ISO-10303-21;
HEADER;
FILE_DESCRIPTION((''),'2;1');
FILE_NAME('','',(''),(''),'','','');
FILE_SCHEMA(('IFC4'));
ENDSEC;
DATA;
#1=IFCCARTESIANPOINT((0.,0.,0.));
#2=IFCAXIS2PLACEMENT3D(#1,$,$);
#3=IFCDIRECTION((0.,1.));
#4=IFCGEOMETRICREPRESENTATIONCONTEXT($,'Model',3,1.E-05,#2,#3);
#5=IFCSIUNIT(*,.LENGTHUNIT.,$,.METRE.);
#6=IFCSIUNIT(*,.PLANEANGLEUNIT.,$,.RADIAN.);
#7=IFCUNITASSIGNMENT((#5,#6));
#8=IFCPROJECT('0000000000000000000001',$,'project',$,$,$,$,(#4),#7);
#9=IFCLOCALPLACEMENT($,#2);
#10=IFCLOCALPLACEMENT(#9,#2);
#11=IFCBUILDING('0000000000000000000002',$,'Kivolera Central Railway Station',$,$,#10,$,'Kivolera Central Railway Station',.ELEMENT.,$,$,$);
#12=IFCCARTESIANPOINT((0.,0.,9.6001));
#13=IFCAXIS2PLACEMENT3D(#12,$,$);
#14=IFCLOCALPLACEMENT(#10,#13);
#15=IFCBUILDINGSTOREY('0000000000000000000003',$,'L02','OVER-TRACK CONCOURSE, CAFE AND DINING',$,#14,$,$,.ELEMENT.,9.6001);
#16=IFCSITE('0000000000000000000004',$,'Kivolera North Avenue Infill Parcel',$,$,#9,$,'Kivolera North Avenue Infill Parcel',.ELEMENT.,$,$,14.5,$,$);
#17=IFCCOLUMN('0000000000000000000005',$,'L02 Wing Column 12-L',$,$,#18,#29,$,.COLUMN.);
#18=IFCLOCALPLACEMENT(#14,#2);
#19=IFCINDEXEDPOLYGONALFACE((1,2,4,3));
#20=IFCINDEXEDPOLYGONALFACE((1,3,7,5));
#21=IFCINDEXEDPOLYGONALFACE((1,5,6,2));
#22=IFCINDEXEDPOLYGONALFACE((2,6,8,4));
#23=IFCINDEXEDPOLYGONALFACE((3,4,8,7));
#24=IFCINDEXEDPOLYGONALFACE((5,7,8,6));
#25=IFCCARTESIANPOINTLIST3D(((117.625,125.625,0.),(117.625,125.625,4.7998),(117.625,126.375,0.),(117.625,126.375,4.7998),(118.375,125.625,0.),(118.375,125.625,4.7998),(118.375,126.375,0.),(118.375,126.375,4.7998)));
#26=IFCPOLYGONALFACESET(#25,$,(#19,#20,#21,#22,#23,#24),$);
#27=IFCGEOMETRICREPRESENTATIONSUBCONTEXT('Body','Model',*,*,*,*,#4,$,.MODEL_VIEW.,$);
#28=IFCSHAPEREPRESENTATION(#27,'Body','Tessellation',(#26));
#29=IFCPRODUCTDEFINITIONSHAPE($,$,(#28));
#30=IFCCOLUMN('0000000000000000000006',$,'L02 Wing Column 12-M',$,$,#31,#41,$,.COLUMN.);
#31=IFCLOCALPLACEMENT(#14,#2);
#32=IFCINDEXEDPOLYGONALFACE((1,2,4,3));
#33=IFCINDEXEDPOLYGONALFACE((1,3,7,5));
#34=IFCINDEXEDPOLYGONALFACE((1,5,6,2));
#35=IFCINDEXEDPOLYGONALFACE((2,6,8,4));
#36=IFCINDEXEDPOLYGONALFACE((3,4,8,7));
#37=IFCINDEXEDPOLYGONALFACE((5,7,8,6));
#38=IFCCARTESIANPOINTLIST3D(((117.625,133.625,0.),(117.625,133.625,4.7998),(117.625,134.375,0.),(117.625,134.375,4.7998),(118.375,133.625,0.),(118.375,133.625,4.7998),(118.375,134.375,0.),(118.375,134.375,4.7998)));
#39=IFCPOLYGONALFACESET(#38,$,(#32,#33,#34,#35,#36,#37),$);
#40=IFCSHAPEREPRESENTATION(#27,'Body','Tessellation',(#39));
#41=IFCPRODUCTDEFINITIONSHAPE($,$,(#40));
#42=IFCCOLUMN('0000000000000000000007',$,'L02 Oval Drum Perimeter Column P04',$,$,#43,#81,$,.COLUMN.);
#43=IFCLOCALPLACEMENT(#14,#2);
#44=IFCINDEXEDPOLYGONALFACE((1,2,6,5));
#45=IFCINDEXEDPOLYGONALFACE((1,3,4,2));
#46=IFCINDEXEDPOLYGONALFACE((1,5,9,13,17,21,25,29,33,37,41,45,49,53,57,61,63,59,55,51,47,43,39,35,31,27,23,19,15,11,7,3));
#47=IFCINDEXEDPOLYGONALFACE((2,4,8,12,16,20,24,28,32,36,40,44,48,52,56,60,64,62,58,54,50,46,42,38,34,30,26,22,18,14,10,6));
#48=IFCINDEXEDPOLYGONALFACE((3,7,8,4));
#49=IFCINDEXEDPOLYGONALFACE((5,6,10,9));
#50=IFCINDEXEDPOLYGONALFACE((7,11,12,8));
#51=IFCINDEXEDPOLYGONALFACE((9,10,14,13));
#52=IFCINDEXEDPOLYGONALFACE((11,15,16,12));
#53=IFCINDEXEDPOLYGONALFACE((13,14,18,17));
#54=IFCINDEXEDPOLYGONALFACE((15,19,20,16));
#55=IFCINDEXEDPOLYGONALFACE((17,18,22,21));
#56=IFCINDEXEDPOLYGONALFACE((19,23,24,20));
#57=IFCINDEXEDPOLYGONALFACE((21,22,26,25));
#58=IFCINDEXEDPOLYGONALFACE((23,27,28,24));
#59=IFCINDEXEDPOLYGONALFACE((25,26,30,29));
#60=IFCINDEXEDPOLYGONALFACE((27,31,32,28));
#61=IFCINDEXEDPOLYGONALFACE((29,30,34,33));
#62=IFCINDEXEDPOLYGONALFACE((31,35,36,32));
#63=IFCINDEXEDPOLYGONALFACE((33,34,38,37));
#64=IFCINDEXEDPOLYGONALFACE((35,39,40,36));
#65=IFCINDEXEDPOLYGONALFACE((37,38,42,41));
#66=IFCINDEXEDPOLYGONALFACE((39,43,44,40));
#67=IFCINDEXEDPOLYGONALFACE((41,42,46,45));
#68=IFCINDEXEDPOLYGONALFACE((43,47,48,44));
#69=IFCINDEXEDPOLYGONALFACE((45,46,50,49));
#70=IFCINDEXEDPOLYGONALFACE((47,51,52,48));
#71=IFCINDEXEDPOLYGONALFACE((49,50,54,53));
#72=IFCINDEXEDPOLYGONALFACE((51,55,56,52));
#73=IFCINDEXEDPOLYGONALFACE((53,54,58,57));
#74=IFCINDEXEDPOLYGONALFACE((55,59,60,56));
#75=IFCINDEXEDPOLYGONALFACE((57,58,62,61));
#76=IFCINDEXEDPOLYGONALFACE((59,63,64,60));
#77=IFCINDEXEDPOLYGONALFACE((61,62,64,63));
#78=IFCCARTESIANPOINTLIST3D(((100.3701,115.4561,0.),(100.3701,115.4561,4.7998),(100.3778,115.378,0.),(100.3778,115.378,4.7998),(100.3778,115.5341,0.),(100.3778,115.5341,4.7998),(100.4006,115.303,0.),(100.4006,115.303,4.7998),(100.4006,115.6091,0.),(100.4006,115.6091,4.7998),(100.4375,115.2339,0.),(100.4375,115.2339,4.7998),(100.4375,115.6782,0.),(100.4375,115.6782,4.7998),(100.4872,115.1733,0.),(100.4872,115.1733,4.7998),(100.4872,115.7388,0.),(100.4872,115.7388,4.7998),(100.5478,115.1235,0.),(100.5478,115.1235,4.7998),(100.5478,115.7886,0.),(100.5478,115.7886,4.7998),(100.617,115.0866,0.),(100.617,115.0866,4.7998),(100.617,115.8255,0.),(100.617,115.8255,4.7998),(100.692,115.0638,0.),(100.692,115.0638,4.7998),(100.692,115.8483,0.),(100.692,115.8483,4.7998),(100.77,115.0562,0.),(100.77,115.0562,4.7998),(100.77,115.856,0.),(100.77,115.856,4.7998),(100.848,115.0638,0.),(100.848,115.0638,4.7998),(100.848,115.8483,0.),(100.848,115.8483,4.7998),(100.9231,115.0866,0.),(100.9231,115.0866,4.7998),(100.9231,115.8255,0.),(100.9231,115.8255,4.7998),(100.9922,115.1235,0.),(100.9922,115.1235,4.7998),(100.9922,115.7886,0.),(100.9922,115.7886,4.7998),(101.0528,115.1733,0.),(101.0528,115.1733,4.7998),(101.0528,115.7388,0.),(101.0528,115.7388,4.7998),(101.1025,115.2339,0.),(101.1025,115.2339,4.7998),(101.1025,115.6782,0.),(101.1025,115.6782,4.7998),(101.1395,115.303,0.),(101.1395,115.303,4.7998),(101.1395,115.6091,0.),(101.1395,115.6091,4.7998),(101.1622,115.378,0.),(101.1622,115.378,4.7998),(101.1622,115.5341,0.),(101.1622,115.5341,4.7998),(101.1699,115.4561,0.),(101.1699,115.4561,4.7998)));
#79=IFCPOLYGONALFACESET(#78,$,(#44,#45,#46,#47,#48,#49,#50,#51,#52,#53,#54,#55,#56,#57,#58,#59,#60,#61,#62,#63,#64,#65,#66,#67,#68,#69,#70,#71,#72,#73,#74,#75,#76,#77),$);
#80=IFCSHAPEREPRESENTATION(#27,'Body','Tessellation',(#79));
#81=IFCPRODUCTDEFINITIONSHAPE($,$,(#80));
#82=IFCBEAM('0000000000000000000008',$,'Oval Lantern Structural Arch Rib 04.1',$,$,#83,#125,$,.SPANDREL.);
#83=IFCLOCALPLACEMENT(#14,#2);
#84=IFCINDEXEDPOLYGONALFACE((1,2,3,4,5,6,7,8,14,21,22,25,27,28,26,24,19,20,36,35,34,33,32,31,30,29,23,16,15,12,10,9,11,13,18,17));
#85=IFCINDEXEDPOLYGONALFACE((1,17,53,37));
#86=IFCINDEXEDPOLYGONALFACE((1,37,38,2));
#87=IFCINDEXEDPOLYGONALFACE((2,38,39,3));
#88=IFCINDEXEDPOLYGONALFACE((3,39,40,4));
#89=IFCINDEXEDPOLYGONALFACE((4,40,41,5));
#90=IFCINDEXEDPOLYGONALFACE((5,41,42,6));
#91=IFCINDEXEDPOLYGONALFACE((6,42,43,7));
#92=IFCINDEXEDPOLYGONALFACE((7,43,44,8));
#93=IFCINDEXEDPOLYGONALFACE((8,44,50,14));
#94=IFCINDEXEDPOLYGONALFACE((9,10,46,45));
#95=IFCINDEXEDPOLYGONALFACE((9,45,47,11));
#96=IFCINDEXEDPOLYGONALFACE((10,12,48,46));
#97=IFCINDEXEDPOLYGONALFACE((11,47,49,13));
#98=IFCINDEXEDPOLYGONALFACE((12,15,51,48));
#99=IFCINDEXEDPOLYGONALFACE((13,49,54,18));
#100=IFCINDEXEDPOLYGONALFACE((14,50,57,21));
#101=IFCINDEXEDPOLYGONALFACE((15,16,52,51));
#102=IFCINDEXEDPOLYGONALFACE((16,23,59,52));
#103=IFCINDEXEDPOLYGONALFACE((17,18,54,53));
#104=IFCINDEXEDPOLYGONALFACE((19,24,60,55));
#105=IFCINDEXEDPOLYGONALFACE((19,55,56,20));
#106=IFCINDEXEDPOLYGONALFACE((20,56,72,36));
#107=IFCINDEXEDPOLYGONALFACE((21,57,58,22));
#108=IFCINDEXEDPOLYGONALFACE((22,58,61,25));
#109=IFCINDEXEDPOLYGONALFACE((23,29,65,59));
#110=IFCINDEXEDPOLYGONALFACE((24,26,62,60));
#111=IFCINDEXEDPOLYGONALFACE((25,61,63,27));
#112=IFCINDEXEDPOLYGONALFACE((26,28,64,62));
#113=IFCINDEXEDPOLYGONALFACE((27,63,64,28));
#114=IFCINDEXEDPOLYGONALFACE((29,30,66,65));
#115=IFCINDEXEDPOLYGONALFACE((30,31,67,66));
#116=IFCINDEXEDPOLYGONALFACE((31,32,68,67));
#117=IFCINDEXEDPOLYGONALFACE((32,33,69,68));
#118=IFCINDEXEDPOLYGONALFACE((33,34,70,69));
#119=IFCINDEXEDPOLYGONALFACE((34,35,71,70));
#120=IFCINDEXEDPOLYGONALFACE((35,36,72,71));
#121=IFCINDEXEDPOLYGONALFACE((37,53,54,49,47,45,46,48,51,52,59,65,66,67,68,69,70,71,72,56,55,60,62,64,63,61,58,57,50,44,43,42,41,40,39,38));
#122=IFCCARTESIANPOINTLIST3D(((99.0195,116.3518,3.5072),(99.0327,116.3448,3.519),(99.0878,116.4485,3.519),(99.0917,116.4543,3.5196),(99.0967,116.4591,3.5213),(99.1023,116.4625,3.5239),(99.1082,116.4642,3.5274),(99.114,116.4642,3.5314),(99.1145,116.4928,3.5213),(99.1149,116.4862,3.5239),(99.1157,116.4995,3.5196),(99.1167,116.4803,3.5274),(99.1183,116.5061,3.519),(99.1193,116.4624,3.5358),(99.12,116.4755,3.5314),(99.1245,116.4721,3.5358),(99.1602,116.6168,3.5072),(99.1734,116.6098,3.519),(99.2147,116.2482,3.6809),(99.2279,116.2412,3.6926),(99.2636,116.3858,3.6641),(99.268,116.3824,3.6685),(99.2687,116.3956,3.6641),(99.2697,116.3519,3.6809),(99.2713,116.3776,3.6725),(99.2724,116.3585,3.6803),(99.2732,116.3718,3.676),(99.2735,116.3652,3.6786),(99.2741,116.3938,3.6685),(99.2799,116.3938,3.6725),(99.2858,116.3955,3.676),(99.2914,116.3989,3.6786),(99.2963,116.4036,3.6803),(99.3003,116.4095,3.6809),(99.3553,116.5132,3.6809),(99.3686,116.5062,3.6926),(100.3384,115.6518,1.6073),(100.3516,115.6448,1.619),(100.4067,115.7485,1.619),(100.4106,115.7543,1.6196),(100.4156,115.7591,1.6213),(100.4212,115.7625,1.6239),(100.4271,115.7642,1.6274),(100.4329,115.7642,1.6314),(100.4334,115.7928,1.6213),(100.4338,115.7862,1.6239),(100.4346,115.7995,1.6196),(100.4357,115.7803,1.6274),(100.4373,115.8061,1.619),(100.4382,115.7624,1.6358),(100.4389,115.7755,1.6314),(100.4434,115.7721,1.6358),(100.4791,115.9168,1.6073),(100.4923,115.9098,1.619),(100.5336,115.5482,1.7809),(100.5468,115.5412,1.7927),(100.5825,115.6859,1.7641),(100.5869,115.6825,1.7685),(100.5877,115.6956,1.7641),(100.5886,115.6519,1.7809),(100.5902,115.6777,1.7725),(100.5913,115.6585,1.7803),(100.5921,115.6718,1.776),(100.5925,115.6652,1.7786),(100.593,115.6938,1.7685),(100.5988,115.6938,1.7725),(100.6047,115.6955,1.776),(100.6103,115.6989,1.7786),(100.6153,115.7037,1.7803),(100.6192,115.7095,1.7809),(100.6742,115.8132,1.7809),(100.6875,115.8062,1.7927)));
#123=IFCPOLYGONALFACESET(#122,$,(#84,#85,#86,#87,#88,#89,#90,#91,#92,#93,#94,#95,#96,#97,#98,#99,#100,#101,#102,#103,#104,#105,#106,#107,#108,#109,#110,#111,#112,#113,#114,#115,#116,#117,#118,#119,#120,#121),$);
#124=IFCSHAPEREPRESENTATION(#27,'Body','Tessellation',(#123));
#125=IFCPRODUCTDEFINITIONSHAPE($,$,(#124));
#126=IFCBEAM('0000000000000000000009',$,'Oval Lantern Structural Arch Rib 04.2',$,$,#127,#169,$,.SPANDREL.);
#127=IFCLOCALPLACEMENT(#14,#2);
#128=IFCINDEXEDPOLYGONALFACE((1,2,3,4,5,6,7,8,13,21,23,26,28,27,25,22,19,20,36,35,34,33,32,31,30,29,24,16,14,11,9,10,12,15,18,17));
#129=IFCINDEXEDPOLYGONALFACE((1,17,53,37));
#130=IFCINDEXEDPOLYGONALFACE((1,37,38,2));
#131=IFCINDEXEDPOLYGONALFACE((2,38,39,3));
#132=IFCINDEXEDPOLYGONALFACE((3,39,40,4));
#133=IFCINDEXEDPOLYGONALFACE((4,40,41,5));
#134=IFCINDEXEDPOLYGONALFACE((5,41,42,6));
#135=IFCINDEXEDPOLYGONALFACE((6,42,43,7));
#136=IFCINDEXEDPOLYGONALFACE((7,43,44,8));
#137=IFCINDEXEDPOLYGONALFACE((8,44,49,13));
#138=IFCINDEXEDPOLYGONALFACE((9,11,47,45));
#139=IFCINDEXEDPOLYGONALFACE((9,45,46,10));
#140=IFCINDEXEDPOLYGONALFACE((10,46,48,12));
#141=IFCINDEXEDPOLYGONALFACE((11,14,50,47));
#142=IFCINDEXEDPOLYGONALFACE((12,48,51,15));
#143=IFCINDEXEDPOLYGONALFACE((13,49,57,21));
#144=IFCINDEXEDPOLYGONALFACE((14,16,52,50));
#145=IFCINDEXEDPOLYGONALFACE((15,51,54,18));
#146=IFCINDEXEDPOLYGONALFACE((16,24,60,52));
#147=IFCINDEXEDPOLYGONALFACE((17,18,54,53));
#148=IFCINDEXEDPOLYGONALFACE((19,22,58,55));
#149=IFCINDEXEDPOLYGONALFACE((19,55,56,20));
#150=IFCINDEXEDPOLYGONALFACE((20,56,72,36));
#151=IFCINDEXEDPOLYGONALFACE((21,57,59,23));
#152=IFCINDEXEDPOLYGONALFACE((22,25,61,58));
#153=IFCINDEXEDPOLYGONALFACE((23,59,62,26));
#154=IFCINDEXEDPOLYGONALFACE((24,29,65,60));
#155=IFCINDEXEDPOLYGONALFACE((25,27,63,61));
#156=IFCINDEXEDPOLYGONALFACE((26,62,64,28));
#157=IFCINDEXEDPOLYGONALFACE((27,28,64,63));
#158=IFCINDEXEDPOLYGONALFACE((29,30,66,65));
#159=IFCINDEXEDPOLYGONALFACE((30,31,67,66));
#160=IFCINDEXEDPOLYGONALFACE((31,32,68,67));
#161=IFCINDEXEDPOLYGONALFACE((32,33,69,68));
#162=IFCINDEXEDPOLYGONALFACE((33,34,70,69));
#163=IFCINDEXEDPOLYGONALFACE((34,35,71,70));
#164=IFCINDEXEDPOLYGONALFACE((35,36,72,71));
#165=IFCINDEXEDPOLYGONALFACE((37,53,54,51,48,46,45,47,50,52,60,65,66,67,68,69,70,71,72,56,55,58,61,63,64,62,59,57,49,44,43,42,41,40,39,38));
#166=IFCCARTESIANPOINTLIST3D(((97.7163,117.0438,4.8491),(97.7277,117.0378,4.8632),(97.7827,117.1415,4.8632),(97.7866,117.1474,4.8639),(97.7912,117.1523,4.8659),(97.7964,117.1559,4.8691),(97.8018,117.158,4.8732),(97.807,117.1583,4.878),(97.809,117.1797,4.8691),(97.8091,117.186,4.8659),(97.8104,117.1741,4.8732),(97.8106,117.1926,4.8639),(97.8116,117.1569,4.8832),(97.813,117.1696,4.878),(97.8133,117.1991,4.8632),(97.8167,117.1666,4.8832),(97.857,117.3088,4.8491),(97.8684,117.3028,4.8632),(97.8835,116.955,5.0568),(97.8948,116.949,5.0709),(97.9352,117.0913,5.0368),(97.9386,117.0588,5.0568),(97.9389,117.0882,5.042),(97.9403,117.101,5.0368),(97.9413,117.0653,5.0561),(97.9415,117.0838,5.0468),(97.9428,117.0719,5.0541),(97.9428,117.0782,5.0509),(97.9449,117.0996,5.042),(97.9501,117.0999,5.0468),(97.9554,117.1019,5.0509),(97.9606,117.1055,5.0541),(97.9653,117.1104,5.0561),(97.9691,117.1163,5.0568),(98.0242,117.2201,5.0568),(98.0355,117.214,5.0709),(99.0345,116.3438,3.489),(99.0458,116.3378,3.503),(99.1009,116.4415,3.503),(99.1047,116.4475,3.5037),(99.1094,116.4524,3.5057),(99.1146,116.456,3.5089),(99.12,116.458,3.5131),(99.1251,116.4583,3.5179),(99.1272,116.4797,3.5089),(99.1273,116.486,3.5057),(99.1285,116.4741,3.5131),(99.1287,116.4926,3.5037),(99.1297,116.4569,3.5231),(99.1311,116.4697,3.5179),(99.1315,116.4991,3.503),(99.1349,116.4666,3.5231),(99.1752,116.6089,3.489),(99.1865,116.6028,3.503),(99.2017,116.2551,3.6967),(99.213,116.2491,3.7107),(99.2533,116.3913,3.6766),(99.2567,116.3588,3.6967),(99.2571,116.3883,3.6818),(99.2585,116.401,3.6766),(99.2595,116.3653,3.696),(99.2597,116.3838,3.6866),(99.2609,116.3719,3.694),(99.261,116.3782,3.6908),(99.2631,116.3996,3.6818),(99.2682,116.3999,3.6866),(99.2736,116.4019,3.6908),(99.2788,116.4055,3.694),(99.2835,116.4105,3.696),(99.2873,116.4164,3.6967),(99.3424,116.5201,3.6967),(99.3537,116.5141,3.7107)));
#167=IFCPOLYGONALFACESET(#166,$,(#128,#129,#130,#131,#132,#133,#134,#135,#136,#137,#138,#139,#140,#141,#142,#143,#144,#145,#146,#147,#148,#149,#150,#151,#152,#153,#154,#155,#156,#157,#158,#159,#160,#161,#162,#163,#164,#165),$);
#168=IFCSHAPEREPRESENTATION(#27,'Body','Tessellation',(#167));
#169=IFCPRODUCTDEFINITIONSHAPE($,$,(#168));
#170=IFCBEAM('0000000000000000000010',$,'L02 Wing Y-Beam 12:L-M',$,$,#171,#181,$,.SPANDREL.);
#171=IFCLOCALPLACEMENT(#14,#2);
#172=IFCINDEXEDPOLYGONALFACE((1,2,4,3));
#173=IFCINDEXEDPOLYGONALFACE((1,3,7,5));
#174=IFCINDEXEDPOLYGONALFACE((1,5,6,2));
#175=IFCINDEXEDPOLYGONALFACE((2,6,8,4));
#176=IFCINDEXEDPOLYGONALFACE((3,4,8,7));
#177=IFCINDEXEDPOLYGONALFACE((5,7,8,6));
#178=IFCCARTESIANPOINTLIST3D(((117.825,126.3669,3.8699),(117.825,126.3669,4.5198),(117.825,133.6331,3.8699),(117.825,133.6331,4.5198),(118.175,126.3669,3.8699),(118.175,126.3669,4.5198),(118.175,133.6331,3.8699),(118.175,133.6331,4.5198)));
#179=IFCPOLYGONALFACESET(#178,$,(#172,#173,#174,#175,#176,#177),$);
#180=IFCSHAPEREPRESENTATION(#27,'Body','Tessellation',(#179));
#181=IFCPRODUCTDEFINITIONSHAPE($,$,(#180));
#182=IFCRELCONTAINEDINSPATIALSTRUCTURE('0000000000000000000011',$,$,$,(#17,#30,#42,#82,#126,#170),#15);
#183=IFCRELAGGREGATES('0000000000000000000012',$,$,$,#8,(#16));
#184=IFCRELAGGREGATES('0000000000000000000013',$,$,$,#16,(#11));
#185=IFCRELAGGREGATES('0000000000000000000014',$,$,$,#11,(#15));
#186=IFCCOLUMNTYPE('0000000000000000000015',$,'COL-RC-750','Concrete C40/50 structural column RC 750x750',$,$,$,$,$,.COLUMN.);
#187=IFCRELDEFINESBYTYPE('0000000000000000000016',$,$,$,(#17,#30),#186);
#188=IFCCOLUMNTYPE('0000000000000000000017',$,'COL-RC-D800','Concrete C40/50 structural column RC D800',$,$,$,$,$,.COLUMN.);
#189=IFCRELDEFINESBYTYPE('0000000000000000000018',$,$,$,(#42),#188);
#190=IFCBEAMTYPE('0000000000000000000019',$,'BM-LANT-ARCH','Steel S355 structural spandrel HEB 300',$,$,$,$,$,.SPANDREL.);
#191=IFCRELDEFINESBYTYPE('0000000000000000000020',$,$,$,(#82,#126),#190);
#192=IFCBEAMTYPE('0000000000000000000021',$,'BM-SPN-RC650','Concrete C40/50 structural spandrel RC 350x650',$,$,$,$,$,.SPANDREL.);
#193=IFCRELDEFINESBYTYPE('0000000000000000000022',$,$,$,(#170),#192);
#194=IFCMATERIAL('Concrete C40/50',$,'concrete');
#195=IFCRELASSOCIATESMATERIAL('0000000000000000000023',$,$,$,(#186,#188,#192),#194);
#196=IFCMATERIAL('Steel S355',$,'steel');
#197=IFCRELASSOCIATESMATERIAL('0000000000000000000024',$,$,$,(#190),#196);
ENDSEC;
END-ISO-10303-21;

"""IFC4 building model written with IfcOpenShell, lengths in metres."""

from ifc_helpers import new_model, si_unit, direction, frame, origin, origin_2d, place, context, subcontext, project, spatial, rectangle, circle, i_section, extrude, material, material_profile, profile_set, type_object, element, save


model = new_model("IFC4")

# Units and contexts
model_context = context("Model", 3, precision=1e-05, world=origin(), true_north=direction((0.0, 1.0)))
body_context = subcontext(model_context, "Body", "Model", "MODEL_VIEW")
ifc_project = project(units=[si_unit("LENGTHUNIT", "METRE"), si_unit("PLANEANGLEUNIT", "RADIAN")], contexts=[model_context])

# Site, building, storey
site_placement = place(None, origin())
site = spatial("IfcSite", under=ifc_project, at=site_placement, Name="Kivolera North Avenue Infill Parcel", LongName="Kivolera North Avenue Infill Parcel", CompositionType="ELEMENT", RefElevation=14.5)
building_placement = place(site_placement, origin())
building = spatial("IfcBuilding", under=site, at=building_placement, Name="Kivolera Central Railway Station", LongName="Kivolera Central Railway Station", CompositionType="ELEMENT")
storey_placement = place(building_placement, frame((0.0, 0.0, 9.6001)))
storey = spatial("IfcBuildingStorey", under=building, at=storey_placement, Name="L02", Description="OVER-TRACK CONCOURSE, CAFE AND DINING", CompositionType="ELEMENT", Elevation=9.6001)

# Columns
ifc_material_1 = material(Name="Concrete C40/50", Category="concrete")
ifc_material_profile_1 = material_profile(ifc_material_1, rectangle(XDim=0.75, YDim=0.75, at=origin_2d()), Name="RC 750x750")
ifc_profile_set_1 = profile_set([ifc_material_profile_1], Name="Concrete C40/50")
column_type_1 = type_object("IfcColumnType", Name="COL-RC-750", Description="Concrete C40/50 structural column RC 750x750", PredefinedType="COLUMN", material=ifc_profile_set_1)
for number, where, z_axis, x_axis, name in (
    (1, (118.0, 126.0, 0.0), (0.0, 0.0, 1.0), (1.0, 0.0, 0.0), "L02 Wing Column 12-L"),
    (2, (118.0, 134.0, 0.0), (0.0, 0.0, 1.0), (1.0, 0.0, 0.0), "L02 Wing Column 12-M"),
):
    element("IfcColumn", number, at=place(storey_placement, frame(where, z_axis=z_axis, x_axis=x_axis)), inside=storey, type_object=column_type_1, Name=name, PredefinedType="COLUMN", context=body_context, shape_type="SweptSolid", body=[
        extrude(rectangle(XDim=0.75, YDim=0.75, at=origin_2d()), origin(), (0.0, 0.0, 1.0), 4.7998),
    ])
ifc_material_profile_2 = material_profile(ifc_material_1, circle(Radius=0.3999, at=origin_2d()), Name="RC D800")
ifc_profile_set_2 = profile_set([ifc_material_profile_2], Name="Concrete C40/50")
column_type_2 = type_object("IfcColumnType", Name="COL-RC-D800", Description="Concrete C40/50 structural column RC D800", PredefinedType="COLUMN", material=ifc_profile_set_2)
column_placement = place(storey_placement, frame((100.77, 115.4561, 0.0), z_axis=(0.0, 0.0, 1.0), x_axis=(1.0, 0.0, 0.0)))
element("IfcColumn", 3, at=column_placement, inside=storey, type_object=column_type_2, Name="L02 Oval Drum Perimeter Column P04", PredefinedType="COLUMN", context=body_context, shape_type="SweptSolid", body=[
    extrude(circle(Radius=0.3999, at=origin_2d()), origin(), (0.0, 0.0, 1.0), 4.7998),
])

# Beams
ifc_material_2 = material(Name="Steel S355", Category="steel")
ifc_material_profile_3 = material_profile(ifc_material_2, i_section(OverallWidth=0.3, OverallDepth=0.3, WebThickness=0.011, FlangeThickness=0.019, FilletRadius=0.0271, at=origin_2d()), Name="HEB 300")
ifc_profile_set_3 = profile_set([ifc_material_profile_3], Name="Steel S355")
beam_type_1 = type_object("IfcBeamType", Name="BM-LANT-ARCH", Description="Steel S355 structural spandrel HEB 300", PredefinedType="SPANDREL", material=ifc_profile_set_3)
beam_1_placement = place(storey_placement, frame((100.5129, 115.729, 1.7), z_axis=(-0.545794, 0.289669, 0.786258), x_axis=(-0.468797, -0.883306, 0.0)))
element("IfcBeam", 4, at=beam_1_placement, inside=storey, type_object=beam_type_1, Name="Oval Lantern Structural Arch Rib 04.1", PredefinedType="SPANDREL", context=body_context, shape_type="SweptSolid", body=[
    extrude(i_section(OverallWidth=0.3, OverallDepth=0.3, WebThickness=0.011, FlangeThickness=0.019, FilletRadius=0.0271, at=origin_2d()), origin(), (0.0, 0.0, 1.0), 2.4165),
])
beam_2_placement = place(storey_placement, frame((99.1941, 116.429, 3.5999), z_axis=(-0.652784, 0.346644, 0.67358), x_axis=(-0.469, -0.883198, 0.0)))
element("IfcBeam", 5, at=beam_2_placement, inside=storey, type_object=beam_type_1, Name="Oval Lantern Structural Arch Rib 04.2", PredefinedType="SPANDREL", context=body_context, shape_type="SweptSolid", body=[
    extrude(i_section(OverallWidth=0.3, OverallDepth=0.3, WebThickness=0.011, FlangeThickness=0.019, FilletRadius=0.0271, at=origin_2d()), origin(), (0.0, 0.0, 1.0), 2.0193),
])
ifc_material_profile_4 = material_profile(ifc_material_1, rectangle(XDim=0.3501, YDim=0.6499, at=origin_2d()), Name="RC 350x650")
ifc_profile_set_4 = profile_set([ifc_material_profile_4], Name="Concrete C40/50")
beam_type_2 = type_object("IfcBeamType", Name="BM-SPN-RC650", Description="Concrete C40/50 structural spandrel RC 350x650", PredefinedType="SPANDREL", material=ifc_profile_set_4)
beam_3_placement = place(storey_placement, frame((118.0, 126.3669, 4.1948), z_axis=(0.0, 1.0, 0.0), x_axis=(-1.0, 0.0, 0.0)))
element("IfcBeam", 6, at=beam_3_placement, inside=storey, type_object=beam_type_2, Name="L02 Wing Y-Beam 12:L-M", PredefinedType="SPANDREL", context=body_context, shape_type="SweptSolid", body=[
    extrude(rectangle(XDim=0.3501, YDim=0.6499, at=origin_2d()), origin(), (0.0, 0.0, 1.0), 7.2661),
])

save(model, "model.ifc")
